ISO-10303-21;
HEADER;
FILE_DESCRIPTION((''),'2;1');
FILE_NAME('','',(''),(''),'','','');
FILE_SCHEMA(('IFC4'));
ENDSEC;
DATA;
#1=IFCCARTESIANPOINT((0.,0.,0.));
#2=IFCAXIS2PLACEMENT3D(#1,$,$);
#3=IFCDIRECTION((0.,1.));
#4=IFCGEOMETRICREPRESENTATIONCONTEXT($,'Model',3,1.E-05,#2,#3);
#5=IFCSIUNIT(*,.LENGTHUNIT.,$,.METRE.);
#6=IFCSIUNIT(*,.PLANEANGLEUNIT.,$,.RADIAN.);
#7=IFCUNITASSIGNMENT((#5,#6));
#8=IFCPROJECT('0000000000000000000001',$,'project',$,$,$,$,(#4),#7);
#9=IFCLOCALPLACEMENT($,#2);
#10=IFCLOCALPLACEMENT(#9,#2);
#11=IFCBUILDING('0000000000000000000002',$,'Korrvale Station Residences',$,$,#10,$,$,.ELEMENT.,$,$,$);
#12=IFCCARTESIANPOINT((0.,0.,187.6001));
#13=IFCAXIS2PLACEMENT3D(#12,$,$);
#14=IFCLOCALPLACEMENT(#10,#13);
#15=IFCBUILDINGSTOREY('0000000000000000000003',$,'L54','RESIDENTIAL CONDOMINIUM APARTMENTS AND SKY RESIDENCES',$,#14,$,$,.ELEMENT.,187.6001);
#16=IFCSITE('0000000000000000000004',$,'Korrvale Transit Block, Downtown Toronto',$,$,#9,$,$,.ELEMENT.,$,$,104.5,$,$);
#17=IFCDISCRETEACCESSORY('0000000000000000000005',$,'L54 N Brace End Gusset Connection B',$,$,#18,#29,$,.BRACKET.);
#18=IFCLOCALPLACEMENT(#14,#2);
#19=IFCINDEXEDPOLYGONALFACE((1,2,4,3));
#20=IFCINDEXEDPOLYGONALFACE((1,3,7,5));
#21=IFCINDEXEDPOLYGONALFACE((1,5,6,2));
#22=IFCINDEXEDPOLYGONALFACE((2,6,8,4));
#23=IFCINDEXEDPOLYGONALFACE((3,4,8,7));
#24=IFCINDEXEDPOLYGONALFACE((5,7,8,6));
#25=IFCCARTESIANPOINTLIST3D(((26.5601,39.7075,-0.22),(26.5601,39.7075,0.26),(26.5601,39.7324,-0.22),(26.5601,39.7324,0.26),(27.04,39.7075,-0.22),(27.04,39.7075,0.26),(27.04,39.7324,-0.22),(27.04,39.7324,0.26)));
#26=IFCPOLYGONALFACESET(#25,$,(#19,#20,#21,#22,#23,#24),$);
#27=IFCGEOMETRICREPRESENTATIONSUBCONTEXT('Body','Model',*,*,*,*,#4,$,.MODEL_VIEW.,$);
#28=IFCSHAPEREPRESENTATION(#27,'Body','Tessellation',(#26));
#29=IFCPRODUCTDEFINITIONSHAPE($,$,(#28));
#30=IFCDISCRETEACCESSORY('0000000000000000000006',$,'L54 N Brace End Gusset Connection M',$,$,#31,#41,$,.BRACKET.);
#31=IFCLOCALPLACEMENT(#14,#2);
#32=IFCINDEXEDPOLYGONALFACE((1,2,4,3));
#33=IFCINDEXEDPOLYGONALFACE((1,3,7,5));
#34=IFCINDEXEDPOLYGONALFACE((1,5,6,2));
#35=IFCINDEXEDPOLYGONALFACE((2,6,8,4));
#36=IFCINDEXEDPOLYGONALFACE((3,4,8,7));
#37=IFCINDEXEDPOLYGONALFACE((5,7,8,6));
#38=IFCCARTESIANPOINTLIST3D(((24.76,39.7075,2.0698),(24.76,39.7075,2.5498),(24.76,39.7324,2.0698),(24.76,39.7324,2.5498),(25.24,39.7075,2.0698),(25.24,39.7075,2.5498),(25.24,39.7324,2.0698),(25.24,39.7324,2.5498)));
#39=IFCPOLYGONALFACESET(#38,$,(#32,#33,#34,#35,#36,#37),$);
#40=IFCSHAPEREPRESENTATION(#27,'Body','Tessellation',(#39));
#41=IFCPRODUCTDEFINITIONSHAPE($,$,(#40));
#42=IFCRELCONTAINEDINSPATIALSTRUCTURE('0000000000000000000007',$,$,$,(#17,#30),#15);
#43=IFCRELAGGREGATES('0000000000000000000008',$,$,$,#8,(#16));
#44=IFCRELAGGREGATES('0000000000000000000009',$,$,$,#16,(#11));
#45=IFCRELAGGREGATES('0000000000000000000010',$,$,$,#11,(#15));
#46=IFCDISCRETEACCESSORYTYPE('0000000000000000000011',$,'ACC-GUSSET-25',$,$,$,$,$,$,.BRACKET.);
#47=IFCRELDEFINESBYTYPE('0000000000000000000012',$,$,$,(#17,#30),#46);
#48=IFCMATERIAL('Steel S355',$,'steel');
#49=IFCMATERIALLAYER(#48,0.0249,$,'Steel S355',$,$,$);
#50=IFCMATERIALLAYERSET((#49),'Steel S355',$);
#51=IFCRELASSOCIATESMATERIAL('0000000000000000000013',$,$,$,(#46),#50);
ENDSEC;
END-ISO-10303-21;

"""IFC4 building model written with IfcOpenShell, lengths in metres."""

from ifc_helpers import new_model, si_unit, direction, frame, origin, origin_2d, place, context, subcontext, project, spatial, rectangle, extrude, material, layer, layer_set, type_object, element, save


model = new_model("IFC4")

# Units and contexts
model_context = context("Model", 3, precision=1e-05, world=origin(), true_north=direction((0.0, 1.0)))
body_context = subcontext(model_context, "Body", "Model", "MODEL_VIEW")
ifc_project = project(units=[si_unit("LENGTHUNIT", "METRE"), si_unit("PLANEANGLEUNIT", "RADIAN")], contexts=[model_context])

# Site, building, storey
site_placement = place(None, origin())
site = spatial("IfcSite", under=ifc_project, at=site_placement, Name="Korrvale Transit Block, Downtown Toronto", CompositionType="ELEMENT", RefElevation=104.5)
building_placement = place(site_placement, origin())
building = spatial("IfcBuilding", under=site, at=building_placement, Name="Korrvale Station Residences", CompositionType="ELEMENT")
storey_placement = place(building_placement, frame((0.0, 0.0, 187.6001)))
storey = spatial("IfcBuildingStorey", under=building, at=storey_placement, Name="L54", Description="RESIDENTIAL CONDOMINIUM APARTMENTS AND SKY RESIDENCES", CompositionType="ELEMENT", Elevation=187.6001)

# Shared definitions
ifc_material_1 = material(Name="Steel S355", Category="steel")

# Discrete accessories
ifc_layer_1 = layer(ifc_material_1, 0.0249, Name="Steel S355")
ifc_layer_set_1 = layer_set([ifc_layer_1], Name="Steel S355")
discrete_accessory_type = type_object("IfcDiscreteAccessoryType", Name="ACC-GUSSET-25", PredefinedType="BRACKET", material=ifc_layer_set_1)
for number, where, z_axis, x_axis, name in (
    (1, (26.8, 39.72, -0.22), (0.0, 0.0, 1.0), (1.0, 0.0, 0.0), "L54 N Brace End Gusset Connection B"),
    (2, (25.0, 39.72, 2.0698), (0.0, 0.0, 1.0), (1.0, 0.0, 0.0), "L54 N Brace End Gusset Connection M"),
):
    element("IfcDiscreteAccessory", number, at=place(storey_placement, frame(where, z_axis=z_axis, x_axis=x_axis)), inside=storey, type_object=discrete_accessory_type, Name=name, PredefinedType="BRACKET", context=body_context, shape_type="SweptSolid", body=[
        extrude(rectangle(XDim=0.48, YDim=0.0249, at=origin_2d()), origin(), (0.0, 0.0, 1.0), 0.48),
    ])

save(model, "model.ifc")
